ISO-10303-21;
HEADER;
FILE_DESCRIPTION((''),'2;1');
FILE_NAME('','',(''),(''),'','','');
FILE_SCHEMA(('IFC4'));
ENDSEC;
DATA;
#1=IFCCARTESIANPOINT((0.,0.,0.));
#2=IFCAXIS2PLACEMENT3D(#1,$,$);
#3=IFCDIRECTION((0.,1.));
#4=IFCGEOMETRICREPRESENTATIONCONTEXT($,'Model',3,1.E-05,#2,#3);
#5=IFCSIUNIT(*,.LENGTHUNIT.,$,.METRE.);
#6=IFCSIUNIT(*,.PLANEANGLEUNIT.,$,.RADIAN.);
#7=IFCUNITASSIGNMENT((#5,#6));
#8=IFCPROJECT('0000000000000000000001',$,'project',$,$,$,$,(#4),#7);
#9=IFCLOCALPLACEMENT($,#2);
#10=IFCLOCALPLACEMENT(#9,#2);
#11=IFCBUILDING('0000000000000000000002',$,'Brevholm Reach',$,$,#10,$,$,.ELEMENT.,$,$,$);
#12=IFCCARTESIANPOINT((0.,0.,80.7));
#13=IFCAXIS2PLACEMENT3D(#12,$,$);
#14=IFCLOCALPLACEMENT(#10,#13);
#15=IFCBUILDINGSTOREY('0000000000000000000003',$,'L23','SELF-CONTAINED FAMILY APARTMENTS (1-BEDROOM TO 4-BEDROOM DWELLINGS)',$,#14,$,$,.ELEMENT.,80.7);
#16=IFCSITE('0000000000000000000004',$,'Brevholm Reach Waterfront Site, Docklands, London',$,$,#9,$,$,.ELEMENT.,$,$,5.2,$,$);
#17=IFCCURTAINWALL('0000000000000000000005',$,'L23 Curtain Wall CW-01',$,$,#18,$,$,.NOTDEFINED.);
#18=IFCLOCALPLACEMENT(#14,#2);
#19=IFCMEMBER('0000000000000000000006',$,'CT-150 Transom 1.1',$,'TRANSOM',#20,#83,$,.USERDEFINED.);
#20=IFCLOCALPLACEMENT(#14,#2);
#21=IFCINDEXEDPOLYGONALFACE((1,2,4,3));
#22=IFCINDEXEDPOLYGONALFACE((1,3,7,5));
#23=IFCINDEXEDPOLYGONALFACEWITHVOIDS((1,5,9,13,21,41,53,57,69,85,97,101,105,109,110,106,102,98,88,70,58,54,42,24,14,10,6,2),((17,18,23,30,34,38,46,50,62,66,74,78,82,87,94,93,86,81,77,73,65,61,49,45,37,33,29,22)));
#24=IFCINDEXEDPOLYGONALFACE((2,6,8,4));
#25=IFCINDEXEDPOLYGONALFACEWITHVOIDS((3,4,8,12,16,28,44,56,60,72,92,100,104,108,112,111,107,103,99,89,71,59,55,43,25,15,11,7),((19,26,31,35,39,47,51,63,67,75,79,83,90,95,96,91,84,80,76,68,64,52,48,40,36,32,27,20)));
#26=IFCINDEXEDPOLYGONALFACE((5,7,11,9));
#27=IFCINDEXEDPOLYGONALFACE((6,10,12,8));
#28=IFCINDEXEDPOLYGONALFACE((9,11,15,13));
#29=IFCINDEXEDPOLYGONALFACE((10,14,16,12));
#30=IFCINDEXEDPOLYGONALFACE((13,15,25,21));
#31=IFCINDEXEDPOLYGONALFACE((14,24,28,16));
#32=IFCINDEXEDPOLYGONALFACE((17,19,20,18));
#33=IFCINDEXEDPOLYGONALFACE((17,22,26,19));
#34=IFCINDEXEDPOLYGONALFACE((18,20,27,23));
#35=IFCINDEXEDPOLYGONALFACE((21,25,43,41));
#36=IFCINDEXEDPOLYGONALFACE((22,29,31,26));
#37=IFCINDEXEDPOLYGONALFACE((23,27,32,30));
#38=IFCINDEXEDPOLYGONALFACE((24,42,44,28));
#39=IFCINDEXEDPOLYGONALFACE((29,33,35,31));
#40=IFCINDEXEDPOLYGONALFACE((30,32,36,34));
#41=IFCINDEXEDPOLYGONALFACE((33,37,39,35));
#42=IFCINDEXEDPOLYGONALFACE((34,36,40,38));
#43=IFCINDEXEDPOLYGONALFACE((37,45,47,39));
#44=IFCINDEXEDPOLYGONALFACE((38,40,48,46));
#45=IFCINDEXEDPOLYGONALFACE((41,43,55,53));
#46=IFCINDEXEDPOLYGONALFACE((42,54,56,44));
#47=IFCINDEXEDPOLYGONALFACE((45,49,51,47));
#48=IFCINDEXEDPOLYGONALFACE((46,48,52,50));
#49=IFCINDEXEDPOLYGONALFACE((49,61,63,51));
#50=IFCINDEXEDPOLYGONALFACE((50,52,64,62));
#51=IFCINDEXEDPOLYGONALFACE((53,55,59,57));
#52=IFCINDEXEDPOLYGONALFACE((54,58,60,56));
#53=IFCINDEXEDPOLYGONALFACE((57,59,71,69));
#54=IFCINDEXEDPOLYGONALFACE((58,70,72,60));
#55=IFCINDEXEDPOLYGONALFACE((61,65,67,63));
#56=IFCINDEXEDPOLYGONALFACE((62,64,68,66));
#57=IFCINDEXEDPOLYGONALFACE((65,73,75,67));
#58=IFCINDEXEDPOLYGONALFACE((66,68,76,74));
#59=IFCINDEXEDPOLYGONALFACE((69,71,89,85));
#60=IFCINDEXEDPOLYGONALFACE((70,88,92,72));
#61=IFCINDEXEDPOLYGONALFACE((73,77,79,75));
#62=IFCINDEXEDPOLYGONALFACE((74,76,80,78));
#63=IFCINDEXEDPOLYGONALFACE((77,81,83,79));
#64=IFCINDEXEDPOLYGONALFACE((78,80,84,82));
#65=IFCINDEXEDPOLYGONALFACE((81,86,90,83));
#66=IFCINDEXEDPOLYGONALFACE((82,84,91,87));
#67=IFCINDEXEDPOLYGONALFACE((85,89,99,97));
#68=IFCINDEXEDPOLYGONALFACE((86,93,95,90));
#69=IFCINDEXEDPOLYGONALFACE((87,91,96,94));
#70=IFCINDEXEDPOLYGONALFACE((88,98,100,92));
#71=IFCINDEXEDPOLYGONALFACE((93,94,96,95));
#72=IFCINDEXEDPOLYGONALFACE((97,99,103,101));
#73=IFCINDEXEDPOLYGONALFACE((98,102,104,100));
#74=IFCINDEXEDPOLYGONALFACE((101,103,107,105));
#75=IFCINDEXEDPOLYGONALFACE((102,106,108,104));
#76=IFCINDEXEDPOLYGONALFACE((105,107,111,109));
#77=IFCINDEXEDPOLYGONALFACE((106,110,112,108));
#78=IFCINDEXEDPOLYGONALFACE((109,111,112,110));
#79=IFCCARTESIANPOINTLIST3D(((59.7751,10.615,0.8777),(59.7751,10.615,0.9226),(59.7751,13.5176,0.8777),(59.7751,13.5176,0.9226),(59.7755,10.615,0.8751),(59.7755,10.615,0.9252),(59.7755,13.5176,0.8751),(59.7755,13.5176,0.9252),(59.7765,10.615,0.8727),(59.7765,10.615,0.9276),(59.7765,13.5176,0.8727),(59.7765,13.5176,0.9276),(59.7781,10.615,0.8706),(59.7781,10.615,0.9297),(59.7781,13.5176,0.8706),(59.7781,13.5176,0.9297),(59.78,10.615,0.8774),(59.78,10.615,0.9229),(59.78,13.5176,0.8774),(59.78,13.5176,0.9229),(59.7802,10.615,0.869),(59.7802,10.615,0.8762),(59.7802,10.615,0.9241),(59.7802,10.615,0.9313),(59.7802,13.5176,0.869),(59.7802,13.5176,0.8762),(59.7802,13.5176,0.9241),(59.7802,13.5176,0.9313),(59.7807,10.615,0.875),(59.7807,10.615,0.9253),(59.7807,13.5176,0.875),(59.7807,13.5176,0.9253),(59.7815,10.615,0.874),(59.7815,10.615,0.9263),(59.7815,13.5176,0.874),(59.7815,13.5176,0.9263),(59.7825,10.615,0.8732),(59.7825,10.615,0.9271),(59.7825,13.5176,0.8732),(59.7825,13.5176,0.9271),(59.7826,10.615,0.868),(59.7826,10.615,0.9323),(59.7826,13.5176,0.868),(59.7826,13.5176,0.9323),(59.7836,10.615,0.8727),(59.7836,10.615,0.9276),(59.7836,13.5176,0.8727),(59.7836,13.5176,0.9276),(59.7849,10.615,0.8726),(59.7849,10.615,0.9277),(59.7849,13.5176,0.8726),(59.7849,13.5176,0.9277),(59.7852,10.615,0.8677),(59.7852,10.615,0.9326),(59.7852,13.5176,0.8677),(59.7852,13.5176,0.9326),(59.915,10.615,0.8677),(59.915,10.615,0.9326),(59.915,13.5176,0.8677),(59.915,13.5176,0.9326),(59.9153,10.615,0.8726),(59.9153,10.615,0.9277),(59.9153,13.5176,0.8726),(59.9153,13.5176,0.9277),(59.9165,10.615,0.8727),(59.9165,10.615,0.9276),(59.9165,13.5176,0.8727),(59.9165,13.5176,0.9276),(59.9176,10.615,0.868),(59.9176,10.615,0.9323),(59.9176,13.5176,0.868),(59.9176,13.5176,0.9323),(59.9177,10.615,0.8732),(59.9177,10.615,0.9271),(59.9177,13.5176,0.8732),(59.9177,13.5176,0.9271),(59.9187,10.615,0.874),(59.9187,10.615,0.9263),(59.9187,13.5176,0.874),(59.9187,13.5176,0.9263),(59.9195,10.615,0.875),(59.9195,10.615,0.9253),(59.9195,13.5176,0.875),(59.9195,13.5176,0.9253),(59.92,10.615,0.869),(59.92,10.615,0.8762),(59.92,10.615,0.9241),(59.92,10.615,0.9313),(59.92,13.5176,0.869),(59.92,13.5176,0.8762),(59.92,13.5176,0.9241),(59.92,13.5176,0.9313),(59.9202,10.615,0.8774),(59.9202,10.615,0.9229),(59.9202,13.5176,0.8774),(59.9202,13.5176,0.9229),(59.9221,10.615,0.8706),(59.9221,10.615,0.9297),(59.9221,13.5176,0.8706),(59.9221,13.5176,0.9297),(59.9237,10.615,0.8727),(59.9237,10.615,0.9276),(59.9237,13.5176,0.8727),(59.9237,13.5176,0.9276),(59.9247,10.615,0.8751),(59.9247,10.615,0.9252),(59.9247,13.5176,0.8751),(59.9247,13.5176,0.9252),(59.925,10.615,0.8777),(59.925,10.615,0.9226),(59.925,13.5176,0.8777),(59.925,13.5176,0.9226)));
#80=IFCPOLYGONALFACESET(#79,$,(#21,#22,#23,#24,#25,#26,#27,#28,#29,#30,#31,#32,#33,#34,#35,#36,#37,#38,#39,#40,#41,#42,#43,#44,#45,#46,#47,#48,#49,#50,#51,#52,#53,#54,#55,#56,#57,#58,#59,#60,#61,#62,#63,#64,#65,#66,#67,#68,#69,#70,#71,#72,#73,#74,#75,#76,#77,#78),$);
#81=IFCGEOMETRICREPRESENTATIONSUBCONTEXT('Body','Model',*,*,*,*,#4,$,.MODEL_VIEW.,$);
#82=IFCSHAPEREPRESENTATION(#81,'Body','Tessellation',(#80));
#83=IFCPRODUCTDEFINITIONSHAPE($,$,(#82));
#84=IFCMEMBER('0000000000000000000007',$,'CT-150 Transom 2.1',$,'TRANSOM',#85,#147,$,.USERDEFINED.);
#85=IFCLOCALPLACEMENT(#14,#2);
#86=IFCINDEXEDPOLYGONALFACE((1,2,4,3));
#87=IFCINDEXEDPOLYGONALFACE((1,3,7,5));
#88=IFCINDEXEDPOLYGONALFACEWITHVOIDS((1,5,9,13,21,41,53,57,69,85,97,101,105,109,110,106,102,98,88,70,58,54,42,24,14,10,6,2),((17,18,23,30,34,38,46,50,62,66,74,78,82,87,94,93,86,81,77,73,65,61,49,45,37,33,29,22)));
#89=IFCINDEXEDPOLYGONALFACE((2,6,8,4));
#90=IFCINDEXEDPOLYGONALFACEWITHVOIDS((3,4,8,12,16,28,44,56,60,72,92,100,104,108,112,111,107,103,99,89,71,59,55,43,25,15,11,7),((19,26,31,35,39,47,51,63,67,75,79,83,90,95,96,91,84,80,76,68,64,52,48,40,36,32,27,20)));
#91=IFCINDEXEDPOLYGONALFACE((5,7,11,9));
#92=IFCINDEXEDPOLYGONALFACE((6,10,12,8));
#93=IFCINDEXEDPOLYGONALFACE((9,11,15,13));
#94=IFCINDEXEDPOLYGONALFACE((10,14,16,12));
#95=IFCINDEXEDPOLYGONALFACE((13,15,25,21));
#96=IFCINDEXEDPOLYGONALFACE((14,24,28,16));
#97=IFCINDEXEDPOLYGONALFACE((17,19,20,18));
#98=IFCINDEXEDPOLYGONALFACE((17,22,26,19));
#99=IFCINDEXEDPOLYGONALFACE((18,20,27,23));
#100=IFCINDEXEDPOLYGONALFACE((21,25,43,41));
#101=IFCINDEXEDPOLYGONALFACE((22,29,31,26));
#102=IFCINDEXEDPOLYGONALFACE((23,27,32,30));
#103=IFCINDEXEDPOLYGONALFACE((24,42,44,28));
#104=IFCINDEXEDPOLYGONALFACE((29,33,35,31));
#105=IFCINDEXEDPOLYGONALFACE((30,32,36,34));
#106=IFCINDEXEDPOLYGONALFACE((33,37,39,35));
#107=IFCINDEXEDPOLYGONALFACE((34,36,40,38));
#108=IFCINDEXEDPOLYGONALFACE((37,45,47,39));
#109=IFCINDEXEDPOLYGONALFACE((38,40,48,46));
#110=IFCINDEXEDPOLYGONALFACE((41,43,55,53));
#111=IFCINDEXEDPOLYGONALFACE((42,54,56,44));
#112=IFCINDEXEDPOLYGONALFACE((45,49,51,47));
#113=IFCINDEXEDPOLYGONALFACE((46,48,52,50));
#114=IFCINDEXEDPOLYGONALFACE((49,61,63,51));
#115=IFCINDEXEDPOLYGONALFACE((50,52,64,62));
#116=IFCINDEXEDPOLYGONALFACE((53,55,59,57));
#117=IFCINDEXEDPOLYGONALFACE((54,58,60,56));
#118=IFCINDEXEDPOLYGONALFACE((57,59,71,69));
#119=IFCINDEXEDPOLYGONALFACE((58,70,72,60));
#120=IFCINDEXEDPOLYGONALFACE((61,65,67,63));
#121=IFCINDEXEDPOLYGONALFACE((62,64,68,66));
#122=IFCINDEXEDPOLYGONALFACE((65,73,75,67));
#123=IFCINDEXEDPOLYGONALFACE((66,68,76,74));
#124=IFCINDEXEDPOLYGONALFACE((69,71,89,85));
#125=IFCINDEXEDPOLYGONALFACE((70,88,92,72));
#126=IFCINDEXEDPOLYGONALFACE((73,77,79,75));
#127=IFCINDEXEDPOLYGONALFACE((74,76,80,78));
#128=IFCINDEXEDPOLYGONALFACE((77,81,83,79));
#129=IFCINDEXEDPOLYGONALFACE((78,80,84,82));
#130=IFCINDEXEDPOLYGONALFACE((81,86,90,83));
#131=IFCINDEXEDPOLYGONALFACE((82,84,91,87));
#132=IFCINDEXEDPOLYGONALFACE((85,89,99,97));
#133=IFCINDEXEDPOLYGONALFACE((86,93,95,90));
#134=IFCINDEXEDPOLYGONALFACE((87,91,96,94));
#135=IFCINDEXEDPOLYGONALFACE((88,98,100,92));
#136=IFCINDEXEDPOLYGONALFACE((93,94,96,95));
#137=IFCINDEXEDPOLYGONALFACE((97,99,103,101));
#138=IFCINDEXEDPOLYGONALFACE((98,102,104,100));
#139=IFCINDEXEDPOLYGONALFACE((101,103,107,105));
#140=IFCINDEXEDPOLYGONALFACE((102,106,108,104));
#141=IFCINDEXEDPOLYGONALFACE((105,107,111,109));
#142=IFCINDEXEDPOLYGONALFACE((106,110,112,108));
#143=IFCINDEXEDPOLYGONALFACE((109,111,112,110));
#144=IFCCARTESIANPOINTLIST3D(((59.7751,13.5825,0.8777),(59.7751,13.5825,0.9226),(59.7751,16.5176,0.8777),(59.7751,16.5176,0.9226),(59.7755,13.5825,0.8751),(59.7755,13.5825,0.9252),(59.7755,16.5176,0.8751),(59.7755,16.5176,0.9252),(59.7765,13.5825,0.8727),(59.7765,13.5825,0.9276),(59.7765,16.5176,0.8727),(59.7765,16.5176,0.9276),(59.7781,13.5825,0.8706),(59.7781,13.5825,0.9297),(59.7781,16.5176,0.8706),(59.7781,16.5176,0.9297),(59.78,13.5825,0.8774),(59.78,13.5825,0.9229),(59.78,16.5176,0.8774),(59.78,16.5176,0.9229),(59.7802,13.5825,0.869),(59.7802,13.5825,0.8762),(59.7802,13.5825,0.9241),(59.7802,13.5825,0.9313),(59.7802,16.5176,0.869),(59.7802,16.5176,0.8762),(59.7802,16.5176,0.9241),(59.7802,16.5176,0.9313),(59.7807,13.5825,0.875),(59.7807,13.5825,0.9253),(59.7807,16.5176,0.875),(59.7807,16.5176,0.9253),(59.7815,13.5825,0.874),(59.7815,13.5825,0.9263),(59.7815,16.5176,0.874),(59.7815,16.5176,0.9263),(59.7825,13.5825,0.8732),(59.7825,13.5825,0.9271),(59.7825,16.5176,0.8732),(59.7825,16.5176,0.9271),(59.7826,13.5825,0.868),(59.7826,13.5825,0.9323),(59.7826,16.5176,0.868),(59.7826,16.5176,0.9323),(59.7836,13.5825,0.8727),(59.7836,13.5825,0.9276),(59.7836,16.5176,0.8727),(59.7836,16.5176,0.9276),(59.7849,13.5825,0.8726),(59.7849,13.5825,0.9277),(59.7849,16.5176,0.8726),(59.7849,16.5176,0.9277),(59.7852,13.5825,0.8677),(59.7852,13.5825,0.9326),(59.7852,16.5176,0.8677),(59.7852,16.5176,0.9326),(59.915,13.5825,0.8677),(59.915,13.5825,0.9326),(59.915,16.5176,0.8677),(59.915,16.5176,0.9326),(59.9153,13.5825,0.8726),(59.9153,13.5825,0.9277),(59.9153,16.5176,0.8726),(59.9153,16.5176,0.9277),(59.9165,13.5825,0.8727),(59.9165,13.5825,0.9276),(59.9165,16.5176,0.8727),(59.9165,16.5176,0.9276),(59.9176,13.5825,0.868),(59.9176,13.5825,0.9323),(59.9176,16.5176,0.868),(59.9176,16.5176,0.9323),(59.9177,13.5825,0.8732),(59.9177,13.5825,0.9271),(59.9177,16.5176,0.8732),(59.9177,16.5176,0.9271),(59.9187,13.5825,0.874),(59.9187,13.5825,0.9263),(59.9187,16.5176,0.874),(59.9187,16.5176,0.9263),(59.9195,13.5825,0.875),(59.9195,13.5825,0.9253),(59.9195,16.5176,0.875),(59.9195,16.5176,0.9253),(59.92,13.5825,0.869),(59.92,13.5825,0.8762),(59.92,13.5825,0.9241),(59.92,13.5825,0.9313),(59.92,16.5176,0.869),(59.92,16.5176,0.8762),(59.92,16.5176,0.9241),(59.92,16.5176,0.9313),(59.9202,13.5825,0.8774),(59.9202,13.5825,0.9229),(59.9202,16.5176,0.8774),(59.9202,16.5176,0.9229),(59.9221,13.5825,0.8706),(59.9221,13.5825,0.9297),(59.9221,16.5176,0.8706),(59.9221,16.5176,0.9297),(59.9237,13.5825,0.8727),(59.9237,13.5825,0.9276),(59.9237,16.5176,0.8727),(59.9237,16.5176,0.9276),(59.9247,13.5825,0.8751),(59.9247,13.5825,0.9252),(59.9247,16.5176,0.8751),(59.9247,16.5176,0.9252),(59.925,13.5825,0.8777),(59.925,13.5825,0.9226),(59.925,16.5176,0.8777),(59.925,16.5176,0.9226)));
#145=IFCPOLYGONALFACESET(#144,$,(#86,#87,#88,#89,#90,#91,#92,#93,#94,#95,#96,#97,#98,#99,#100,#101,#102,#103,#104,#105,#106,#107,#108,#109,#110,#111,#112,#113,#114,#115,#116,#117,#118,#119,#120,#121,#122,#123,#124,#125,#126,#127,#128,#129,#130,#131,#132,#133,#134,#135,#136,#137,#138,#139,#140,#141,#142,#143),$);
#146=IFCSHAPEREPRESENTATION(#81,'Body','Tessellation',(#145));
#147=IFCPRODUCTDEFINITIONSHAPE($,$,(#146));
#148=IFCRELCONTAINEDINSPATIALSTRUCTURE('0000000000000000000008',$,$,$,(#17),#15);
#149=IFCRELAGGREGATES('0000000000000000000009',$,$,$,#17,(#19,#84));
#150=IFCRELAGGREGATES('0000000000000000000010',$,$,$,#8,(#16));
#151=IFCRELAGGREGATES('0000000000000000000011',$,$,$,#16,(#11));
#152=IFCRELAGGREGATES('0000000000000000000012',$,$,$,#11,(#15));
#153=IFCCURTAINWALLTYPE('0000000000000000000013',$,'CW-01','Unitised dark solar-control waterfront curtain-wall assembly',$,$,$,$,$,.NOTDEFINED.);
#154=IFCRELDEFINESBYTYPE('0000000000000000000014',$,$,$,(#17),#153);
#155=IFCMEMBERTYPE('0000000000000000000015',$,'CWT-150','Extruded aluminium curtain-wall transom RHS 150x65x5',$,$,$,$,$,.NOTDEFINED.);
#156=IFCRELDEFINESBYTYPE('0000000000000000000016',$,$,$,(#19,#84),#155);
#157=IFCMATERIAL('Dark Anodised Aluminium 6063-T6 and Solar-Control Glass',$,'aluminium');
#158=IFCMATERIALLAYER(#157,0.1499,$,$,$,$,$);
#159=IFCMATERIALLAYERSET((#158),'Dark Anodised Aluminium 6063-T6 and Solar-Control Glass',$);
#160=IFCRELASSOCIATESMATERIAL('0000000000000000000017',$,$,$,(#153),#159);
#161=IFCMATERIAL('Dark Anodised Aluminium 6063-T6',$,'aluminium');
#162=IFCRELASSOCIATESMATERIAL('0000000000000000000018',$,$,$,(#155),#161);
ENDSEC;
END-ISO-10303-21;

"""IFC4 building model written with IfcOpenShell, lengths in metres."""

from ifc_helpers import new_model, si_unit, direction, frame, origin, origin_2d, place, context, subcontext, project, spatial, hollow_rectangle, extrude, material, layer, layer_set, material_profile, profile_set, type_object, element, aggregate, save


model = new_model("IFC4")

# Units and contexts
model_context = context("Model", 3, precision=1e-05, world=origin(), true_north=direction((0.0, 1.0)))
body_context = subcontext(model_context, "Body", "Model", "MODEL_VIEW")
ifc_project = project(units=[si_unit("LENGTHUNIT", "METRE"), si_unit("PLANEANGLEUNIT", "RADIAN")], contexts=[model_context])

# Site, building, storey
site_placement = place(None, origin())
site = spatial("IfcSite", under=ifc_project, at=site_placement, Name="Brevholm Reach Waterfront Site, Docklands, London", CompositionType="ELEMENT", RefElevation=5.2)
building_placement = place(site_placement, origin())
building = spatial("IfcBuilding", under=site, at=building_placement, Name="Brevholm Reach", CompositionType="ELEMENT")
storey_placement = place(building_placement, frame((0.0, 0.0, 80.7)))
storey = spatial("IfcBuildingStorey", under=building, at=storey_placement, Name="L23", Description="SELF-CONTAINED FAMILY APARTMENTS (1-BEDROOM TO 4-BEDROOM DWELLINGS)", CompositionType="ELEMENT", Elevation=80.7)

# Curtain wall, members
ifc_material_1 = material(Name="Dark Anodised Aluminium 6063-T6 and Solar-Control Glass", Category="aluminium")
ifc_layer_1 = layer(ifc_material_1, 0.1499)
ifc_layer_set_1 = layer_set([ifc_layer_1], Name="Dark Anodised Aluminium 6063-T6 and Solar-Control Glass")
curtain_wall_type = type_object("IfcCurtainWallType", Name="CW-01", Description="Unitised dark solar-control waterfront curtain-wall assembly", PredefinedType="NOTDEFINED", material=ifc_layer_set_1)
curtain_wall_placement = place(storey_placement, origin())
curtain_wall = element("IfcCurtainWall", 1, at=curtain_wall_placement, inside=storey, type_object=curtain_wall_type, Name="L23 Curtain Wall CW-01", PredefinedType="NOTDEFINED")
ifc_material_2 = material(Name="Dark Anodised Aluminium 6063-T6", Category="aluminium")
ifc_material_profile_1 = material_profile(ifc_material_2, hollow_rectangle(XDim=0.0649, YDim=0.1499, WallThickness=0.0049, InnerFilletRadius=0.0049, OuterFilletRadius=0.01, at=origin_2d()), Name="RHS 150x65x5")
ifc_profile_set_1 = profile_set([ifc_material_profile_1], Name="Dark Anodised Aluminium 6063-T6")
member_type_1 = type_object("IfcMemberType", Name="CWT-150", Description="Extruded aluminium curtain-wall transom RHS 150x65x5", PredefinedType="NOTDEFINED", material=ifc_profile_set_1)
member_1_placement = place(storey_placement, frame((59.8501, 10.615, 0.9001), z_axis=(0.0, 1.0, 0.0), x_axis=(0.0, 0.0, 1.0)))
member_1 = element("IfcMember", 2, at=member_1_placement, type_object=member_type_1, Name="CT-150 Transom 1.1", ObjectType="TRANSOM", PredefinedType="USERDEFINED", context=body_context, shape_type="SweptSolid", body=[
    extrude(hollow_rectangle(XDim=0.0649, YDim=0.1499, WallThickness=0.0049, InnerFilletRadius=0.0049, OuterFilletRadius=0.01, at=origin_2d()), origin(), (0.0, 0.0, 1.0), 2.9026),
])
member_2_placement = place(storey_placement, frame((59.8501, 13.5825, 0.9001), z_axis=(0.0, 1.0, 0.0), x_axis=(0.0, 0.0, 1.0)))
member_2 = element("IfcMember", 3, at=member_2_placement, type_object=member_type_1, Name="CT-150 Transom 2.1", ObjectType="TRANSOM", PredefinedType="USERDEFINED", context=body_context, shape_type="SweptSolid", body=[
    extrude(hollow_rectangle(XDim=0.0649, YDim=0.1499, WallThickness=0.0049, InnerFilletRadius=0.0049, OuterFilletRadius=0.01, at=origin_2d()), origin(), (0.0, 0.0, 1.0), 2.9351),
])
aggregate(curtain_wall, [member_1, member_2])

save(model, "model.ifc")
